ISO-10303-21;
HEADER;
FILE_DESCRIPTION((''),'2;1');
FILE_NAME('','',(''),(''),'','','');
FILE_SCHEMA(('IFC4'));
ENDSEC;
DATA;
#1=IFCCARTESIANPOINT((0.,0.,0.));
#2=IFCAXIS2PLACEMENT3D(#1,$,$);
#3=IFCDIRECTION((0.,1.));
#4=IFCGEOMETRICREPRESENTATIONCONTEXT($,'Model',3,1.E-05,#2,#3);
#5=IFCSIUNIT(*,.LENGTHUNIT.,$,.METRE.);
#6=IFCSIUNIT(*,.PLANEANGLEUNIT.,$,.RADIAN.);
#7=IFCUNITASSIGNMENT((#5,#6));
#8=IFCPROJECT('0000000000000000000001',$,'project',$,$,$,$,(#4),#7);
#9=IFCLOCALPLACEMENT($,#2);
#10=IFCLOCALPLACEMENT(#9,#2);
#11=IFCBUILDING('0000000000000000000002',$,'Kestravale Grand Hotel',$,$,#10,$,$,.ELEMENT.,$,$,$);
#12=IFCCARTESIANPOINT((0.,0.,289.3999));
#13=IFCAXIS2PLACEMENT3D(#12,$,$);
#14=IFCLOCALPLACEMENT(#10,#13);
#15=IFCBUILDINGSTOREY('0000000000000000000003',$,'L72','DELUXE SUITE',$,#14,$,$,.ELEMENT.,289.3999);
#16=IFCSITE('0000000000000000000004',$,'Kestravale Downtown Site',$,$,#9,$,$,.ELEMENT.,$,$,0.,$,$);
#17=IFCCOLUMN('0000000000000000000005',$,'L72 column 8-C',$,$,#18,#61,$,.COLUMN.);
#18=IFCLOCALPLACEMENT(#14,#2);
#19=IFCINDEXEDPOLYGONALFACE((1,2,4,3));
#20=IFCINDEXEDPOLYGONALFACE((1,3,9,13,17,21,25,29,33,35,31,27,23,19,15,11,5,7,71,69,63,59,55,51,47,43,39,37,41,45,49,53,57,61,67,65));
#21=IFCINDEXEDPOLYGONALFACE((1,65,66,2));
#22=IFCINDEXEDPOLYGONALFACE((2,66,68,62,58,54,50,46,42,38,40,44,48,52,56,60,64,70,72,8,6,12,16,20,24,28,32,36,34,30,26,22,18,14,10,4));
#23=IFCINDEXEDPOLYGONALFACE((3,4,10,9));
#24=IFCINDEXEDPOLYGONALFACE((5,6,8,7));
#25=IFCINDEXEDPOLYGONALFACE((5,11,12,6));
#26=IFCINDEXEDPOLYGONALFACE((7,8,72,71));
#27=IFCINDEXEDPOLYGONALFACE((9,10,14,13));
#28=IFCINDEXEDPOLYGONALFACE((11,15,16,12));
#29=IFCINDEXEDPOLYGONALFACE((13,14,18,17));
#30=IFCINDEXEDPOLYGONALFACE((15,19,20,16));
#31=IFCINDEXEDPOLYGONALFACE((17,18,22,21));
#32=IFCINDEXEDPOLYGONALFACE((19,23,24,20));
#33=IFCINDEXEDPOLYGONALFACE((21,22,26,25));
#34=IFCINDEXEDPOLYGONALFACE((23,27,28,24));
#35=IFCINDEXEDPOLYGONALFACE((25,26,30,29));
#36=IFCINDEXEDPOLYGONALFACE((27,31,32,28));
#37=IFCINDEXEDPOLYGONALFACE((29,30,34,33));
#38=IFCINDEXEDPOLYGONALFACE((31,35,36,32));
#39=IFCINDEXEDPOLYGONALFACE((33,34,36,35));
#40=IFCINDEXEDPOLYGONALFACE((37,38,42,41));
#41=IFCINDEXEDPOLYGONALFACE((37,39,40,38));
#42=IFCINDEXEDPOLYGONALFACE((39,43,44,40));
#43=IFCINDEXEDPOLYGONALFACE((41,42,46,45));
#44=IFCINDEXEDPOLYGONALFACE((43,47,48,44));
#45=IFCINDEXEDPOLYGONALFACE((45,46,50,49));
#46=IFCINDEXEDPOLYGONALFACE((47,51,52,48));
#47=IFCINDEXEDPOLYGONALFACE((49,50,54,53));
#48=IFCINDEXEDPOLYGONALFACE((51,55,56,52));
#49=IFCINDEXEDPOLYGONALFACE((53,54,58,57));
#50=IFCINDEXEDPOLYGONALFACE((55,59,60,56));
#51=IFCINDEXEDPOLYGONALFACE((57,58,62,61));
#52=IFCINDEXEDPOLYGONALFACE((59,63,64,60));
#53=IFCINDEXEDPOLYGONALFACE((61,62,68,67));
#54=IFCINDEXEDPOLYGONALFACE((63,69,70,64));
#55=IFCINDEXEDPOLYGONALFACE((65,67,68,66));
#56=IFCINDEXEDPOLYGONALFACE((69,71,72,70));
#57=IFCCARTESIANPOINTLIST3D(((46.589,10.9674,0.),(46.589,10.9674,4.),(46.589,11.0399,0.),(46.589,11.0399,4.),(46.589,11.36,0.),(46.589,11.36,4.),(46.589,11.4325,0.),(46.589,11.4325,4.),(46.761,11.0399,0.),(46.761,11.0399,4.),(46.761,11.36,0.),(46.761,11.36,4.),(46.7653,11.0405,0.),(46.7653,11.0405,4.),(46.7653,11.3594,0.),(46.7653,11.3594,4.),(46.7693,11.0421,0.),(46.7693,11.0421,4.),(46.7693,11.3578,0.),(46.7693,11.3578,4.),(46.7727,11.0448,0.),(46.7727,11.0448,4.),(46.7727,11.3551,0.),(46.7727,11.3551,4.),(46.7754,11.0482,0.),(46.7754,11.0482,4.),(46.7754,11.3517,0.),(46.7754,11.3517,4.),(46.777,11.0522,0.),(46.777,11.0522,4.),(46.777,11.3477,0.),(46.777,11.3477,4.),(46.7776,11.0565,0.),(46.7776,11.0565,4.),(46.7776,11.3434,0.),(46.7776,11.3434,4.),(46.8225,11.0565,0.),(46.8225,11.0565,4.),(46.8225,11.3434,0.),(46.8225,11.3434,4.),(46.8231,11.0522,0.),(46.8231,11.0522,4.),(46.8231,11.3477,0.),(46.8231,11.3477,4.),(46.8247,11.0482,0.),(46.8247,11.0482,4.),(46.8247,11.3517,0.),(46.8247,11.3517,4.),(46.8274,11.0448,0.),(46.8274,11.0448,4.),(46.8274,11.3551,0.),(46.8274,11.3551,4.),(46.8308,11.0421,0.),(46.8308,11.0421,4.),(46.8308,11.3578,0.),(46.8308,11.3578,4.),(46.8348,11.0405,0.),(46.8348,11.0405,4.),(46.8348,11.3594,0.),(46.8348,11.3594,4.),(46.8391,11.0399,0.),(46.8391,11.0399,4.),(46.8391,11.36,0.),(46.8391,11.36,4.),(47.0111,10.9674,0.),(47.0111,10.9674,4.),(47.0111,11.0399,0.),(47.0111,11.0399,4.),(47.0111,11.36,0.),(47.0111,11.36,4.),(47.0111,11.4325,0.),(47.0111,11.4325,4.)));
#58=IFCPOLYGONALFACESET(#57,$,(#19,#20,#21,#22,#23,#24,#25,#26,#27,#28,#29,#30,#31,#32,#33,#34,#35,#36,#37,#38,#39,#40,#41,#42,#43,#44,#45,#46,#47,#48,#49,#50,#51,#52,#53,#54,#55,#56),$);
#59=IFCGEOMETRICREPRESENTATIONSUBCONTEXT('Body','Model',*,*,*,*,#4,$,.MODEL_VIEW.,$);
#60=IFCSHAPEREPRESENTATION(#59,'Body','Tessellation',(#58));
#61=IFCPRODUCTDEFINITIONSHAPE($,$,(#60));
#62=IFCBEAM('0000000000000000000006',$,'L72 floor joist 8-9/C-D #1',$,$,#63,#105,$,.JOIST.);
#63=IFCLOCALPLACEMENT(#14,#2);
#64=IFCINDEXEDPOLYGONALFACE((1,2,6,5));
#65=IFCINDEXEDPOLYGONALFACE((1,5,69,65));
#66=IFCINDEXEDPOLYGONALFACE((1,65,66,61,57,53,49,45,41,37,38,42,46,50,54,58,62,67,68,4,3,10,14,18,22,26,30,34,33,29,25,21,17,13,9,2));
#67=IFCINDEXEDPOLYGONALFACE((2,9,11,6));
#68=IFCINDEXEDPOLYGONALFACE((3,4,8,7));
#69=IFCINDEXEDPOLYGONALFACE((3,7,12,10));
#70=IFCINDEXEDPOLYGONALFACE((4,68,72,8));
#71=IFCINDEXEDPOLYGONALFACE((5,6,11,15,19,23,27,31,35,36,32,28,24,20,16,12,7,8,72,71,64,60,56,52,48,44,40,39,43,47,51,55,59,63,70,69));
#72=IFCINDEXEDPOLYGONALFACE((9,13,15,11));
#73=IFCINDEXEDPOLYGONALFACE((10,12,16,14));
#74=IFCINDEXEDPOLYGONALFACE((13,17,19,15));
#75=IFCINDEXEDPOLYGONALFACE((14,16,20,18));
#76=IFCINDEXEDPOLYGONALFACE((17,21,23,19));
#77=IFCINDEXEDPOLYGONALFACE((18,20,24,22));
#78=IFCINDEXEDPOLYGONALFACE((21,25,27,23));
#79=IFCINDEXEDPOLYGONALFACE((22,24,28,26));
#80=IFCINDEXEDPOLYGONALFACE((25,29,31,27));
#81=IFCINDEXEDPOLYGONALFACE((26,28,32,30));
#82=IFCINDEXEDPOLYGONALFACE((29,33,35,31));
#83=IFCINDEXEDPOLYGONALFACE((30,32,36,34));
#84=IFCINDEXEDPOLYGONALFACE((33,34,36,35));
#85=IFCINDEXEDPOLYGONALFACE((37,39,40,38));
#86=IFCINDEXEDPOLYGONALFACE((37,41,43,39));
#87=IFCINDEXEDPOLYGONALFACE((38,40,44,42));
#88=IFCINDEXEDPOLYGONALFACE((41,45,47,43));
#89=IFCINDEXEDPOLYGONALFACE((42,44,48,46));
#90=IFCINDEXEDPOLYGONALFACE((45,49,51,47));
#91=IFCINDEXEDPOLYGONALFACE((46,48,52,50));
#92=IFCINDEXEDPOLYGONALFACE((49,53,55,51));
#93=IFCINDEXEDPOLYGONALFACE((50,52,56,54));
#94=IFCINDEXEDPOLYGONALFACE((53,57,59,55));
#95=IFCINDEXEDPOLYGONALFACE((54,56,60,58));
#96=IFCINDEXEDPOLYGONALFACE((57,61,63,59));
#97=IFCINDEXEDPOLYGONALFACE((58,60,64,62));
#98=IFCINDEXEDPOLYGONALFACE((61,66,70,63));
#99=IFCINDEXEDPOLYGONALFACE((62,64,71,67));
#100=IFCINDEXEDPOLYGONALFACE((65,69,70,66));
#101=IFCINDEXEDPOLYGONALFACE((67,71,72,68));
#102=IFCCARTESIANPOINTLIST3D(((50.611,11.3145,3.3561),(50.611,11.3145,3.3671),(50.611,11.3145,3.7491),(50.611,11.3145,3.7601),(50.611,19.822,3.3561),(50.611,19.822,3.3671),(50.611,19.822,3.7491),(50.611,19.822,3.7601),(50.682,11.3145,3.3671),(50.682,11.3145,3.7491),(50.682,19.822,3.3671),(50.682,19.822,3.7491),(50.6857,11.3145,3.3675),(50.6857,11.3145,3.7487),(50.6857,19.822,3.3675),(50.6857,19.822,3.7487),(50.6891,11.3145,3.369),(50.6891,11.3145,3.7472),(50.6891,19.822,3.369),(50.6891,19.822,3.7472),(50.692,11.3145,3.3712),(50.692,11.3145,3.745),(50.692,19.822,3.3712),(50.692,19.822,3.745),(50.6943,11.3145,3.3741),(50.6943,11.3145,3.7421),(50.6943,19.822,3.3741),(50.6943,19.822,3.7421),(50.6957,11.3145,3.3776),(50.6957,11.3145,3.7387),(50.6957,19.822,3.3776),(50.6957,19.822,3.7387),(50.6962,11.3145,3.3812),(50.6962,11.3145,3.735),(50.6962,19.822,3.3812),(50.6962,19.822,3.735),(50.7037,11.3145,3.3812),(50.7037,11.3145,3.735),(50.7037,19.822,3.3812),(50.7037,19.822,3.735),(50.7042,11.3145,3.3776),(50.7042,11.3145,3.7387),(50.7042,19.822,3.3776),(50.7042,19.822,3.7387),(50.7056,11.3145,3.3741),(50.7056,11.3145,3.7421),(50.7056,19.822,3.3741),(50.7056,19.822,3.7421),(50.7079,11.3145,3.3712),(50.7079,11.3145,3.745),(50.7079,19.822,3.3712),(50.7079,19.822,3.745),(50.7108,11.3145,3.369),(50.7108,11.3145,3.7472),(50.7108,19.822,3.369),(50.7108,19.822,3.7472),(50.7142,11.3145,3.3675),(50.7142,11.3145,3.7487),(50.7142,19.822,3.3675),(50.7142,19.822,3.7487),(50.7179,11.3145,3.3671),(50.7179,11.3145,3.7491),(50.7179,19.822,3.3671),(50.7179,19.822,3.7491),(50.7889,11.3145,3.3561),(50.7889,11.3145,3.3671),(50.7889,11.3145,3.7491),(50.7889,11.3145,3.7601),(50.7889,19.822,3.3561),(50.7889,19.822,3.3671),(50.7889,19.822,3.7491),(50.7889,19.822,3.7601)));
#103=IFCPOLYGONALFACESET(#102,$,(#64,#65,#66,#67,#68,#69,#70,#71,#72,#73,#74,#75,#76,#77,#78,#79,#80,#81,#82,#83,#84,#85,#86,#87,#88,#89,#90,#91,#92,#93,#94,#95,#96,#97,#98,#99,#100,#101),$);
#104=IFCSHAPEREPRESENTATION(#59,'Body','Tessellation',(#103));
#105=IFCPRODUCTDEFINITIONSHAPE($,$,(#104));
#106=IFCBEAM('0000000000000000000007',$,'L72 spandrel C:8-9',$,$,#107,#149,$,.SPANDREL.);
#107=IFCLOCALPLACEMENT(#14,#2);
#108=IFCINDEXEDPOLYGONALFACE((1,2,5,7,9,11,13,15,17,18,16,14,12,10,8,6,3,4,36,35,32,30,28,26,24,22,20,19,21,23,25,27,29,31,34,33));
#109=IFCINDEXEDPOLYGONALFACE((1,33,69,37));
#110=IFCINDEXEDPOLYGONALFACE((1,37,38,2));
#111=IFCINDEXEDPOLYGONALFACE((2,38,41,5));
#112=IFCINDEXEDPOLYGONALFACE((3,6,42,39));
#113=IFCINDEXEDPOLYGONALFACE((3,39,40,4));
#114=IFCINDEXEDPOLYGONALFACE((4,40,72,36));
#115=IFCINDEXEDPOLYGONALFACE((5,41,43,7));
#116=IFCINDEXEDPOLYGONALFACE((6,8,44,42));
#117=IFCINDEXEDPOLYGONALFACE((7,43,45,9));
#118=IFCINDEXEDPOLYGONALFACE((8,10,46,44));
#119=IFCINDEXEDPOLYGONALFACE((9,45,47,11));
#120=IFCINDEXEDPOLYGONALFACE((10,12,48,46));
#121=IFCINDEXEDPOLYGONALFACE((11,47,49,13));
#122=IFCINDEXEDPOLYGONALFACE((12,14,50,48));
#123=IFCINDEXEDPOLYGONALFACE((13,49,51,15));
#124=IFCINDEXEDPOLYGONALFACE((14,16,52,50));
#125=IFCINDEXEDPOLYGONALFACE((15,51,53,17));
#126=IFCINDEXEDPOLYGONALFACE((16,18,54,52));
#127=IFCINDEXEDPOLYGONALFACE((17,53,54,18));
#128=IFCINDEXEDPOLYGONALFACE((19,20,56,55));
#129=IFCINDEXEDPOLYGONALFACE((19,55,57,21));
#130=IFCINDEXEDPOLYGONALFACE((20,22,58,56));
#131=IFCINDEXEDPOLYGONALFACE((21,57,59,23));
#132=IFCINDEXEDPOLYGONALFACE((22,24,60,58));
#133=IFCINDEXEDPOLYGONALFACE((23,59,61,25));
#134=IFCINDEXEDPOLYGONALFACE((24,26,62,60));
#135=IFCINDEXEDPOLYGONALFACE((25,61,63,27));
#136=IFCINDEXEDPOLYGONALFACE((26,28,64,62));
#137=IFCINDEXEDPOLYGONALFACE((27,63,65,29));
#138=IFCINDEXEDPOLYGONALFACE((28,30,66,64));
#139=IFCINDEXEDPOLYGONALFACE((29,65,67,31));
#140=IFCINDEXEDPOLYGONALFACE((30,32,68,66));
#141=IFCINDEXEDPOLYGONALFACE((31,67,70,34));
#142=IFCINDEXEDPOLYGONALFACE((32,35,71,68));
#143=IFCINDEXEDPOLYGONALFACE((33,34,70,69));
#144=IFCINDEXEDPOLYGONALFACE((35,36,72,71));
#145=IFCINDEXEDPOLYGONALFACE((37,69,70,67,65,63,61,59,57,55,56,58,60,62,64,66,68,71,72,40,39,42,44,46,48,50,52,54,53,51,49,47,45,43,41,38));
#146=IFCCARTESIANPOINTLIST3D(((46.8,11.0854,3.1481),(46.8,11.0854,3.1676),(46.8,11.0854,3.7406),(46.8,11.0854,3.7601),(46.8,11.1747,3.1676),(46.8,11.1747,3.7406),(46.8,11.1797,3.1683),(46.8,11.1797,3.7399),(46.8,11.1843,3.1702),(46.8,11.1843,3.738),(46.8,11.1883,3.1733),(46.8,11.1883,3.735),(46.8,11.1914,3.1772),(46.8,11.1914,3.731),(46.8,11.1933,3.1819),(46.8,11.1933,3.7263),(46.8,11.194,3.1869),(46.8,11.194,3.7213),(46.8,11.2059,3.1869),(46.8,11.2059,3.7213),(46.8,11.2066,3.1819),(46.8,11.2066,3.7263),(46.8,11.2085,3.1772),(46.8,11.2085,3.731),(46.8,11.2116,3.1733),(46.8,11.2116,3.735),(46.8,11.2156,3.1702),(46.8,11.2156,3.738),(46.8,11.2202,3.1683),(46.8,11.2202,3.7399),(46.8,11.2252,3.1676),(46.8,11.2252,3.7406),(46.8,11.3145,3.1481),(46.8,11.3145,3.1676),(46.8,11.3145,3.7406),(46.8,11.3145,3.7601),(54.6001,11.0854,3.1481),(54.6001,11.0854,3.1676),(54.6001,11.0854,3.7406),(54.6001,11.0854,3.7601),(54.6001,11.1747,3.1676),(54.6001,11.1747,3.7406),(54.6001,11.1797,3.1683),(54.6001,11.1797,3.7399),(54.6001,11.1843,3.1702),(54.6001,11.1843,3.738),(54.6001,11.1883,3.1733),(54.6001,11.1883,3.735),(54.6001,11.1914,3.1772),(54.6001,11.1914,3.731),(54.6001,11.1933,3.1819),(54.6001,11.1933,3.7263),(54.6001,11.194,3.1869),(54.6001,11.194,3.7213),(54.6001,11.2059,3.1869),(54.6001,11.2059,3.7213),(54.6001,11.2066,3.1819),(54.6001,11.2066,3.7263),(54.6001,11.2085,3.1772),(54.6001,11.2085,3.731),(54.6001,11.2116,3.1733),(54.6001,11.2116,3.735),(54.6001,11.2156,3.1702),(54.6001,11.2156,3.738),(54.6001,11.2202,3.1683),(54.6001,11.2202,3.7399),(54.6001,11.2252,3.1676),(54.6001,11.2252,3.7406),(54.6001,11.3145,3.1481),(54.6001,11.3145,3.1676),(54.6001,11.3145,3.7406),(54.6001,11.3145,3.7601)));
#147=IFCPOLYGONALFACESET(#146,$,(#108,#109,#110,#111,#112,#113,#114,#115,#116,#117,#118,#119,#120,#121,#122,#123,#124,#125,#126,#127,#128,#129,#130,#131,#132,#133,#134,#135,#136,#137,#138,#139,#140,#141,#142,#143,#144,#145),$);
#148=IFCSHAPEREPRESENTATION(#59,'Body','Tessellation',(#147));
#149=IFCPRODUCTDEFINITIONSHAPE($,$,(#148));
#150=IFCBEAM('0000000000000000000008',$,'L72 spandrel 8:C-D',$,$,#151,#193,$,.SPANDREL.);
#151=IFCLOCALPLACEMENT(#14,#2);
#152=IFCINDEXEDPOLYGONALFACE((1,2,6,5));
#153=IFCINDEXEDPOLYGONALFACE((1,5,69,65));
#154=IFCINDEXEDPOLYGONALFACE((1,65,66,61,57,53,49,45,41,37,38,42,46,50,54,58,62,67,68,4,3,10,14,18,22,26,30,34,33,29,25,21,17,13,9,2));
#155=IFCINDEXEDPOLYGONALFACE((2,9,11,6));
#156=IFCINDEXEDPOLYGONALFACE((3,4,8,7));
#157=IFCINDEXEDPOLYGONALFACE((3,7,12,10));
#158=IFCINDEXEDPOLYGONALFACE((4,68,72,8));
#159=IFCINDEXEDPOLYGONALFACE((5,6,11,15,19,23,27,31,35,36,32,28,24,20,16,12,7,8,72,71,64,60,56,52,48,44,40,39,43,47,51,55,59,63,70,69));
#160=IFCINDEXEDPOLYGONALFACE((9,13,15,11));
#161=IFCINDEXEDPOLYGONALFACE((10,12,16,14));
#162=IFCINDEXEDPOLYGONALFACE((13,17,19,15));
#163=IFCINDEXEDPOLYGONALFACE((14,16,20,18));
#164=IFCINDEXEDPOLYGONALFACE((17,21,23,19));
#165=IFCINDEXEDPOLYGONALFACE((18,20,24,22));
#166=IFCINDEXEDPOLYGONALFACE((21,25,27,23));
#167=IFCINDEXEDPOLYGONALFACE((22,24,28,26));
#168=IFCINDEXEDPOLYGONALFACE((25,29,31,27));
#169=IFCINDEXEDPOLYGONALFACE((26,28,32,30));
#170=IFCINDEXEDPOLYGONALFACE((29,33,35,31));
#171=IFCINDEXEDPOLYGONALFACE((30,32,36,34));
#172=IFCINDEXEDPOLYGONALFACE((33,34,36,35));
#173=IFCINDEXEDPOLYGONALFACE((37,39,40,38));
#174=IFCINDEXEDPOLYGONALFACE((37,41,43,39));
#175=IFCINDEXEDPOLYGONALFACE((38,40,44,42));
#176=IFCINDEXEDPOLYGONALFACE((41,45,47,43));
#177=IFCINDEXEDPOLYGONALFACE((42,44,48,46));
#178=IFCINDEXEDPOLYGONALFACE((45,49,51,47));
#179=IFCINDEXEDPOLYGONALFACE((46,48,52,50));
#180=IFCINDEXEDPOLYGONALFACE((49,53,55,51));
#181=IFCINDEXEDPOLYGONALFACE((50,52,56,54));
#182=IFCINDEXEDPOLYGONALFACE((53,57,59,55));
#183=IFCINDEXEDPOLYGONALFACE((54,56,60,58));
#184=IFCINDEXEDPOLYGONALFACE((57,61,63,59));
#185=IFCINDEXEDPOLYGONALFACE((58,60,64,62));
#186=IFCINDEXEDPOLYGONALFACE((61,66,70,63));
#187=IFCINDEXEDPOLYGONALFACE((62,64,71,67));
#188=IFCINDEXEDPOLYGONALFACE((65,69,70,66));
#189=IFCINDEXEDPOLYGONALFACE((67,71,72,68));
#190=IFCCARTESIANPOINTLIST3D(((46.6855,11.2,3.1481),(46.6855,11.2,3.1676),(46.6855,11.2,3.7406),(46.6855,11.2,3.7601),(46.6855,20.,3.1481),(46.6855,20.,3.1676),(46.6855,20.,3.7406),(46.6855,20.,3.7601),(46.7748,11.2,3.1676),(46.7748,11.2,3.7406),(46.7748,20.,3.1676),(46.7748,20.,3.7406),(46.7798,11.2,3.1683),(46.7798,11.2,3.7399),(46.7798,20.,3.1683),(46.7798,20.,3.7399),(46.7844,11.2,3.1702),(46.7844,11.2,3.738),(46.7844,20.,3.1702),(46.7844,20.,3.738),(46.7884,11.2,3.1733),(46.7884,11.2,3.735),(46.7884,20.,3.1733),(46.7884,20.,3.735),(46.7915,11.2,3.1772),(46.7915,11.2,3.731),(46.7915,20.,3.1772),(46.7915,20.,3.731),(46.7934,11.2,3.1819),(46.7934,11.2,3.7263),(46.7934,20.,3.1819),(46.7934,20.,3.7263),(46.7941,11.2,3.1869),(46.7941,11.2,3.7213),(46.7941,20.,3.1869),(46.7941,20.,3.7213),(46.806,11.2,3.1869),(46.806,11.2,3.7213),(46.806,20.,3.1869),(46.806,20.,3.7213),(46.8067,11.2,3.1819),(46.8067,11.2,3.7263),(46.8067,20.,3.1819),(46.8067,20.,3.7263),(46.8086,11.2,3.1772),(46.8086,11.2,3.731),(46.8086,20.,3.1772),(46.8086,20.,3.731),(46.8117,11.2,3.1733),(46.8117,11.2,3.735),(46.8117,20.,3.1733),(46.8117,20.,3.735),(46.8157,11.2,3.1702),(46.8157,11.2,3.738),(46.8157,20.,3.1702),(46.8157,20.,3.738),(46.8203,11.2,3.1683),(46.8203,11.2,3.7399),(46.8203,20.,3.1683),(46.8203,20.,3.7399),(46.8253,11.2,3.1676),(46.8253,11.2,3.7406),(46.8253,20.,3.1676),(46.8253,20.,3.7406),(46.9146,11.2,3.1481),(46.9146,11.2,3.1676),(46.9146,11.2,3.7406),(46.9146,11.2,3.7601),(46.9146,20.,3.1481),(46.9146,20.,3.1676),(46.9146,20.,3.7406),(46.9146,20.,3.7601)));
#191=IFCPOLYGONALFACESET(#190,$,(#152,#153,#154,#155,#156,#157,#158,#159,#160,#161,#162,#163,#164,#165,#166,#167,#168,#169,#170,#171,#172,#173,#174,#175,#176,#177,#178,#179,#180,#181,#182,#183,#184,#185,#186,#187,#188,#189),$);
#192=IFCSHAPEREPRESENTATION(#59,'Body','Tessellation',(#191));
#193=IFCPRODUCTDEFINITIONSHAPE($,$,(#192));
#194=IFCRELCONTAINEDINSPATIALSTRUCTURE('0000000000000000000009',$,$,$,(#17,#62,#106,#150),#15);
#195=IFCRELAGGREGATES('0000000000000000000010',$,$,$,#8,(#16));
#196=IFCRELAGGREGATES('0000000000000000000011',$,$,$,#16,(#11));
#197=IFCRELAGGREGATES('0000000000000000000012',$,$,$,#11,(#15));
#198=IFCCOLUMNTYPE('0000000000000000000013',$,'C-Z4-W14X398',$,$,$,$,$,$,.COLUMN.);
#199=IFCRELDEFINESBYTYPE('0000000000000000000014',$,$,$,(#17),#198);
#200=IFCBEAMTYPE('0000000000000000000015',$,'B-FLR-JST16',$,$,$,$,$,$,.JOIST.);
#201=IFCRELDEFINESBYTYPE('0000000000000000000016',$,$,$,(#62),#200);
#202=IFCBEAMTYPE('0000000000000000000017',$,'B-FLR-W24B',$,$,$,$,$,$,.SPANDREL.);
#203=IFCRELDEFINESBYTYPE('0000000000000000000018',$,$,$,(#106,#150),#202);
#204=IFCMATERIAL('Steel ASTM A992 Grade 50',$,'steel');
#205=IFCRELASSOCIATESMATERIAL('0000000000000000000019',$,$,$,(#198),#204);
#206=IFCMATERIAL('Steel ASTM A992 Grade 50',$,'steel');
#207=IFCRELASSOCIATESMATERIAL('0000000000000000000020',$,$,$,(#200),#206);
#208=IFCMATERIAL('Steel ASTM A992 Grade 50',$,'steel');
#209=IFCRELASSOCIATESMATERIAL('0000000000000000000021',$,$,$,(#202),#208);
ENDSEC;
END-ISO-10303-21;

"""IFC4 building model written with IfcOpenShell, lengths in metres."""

from ifc_helpers import new_model, si_unit, direction, frame, origin, origin_2d, place, context, subcontext, project, spatial, i_section, extrude, material, material_profile, profile_set, type_object, element, save


model = new_model("IFC4")

# Units and contexts
model_context = context("Model", 3, precision=1e-05, world=origin(), true_north=direction((0.0, 1.0)))
body_context = subcontext(model_context, "Body", "Model", "MODEL_VIEW")
ifc_project = project(units=[si_unit("LENGTHUNIT", "METRE"), si_unit("PLANEANGLEUNIT", "RADIAN")], contexts=[model_context])

# Site, building, storey
site_placement = place(None, origin())
site = spatial("IfcSite", under=ifc_project, at=site_placement, Name="Kestravale Downtown Site", CompositionType="ELEMENT", RefElevation=0.0)
building_placement = place(site_placement, origin())
building = spatial("IfcBuilding", under=site, at=building_placement, Name="Kestravale Grand Hotel", CompositionType="ELEMENT")
storey_placement = place(building_placement, frame((0.0, 0.0, 289.3999)))
storey = spatial("IfcBuildingStorey", under=building, at=storey_placement, Name="L72", Description="DELUXE SUITE", CompositionType="ELEMENT", Elevation=289.3999)

# Column
ifc_material_1 = material(Name="Steel ASTM A992 Grade 50", Category="steel")
ifc_material_profile_1 = material_profile(ifc_material_1, i_section(OverallWidth=0.4221, OverallDepth=0.4651, WebThickness=0.0449, FlangeThickness=0.0725, FilletRadius=0.0166, at=origin_2d()))
ifc_profile_set_1 = profile_set([ifc_material_profile_1], Name="Steel ASTM A992 Grade 50")
column_type = type_object("IfcColumnType", Name="C-Z4-W14X398", PredefinedType="COLUMN", material=ifc_profile_set_1)
column_placement = place(storey_placement, frame((46.8, 11.2, 0.0), z_axis=(0.0, 0.0, 1.0), x_axis=(1.0, 0.0, 0.0)))
element("IfcColumn", 1, at=column_placement, inside=storey, type_object=column_type, Name="L72 column 8-C", PredefinedType="COLUMN", context=body_context, shape_type="SweptSolid", body=[
    extrude(i_section(OverallWidth=0.4221, OverallDepth=0.4651, WebThickness=0.0449, FlangeThickness=0.0725, FilletRadius=0.0166, at=origin_2d()), origin(), (0.0, 0.0, 1.0), 4.0),
])

# Beams
ifc_material_2 = material(Name="Steel ASTM A992 Grade 50", Category="steel")
ifc_material_profile_2 = material_profile(ifc_material_2, i_section(OverallWidth=0.178, OverallDepth=0.4041, WebThickness=0.0076, FlangeThickness=0.011, FilletRadius=0.0142, at=origin_2d()))
ifc_profile_set_2 = profile_set([ifc_material_profile_2], Name="Steel ASTM A992 Grade 50")
beam_type_1 = type_object("IfcBeamType", Name="B-FLR-JST16", PredefinedType="JOIST", material=ifc_profile_set_2)
beam_1_placement = place(storey_placement, frame((50.7, 11.3145, 3.5581), z_axis=(0.0, 1.0, 0.0), x_axis=(-1.0, 0.0, 0.0)))
element("IfcBeam", 2, at=beam_1_placement, inside=storey, type_object=beam_type_1, Name="L72 floor joist 8-9/C-D #1", PredefinedType="JOIST", context=body_context, shape_type="SweptSolid", body=[
    extrude(i_section(OverallWidth=0.178, OverallDepth=0.4041, WebThickness=0.0076, FlangeThickness=0.011, FilletRadius=0.0142, at=origin_2d()), origin(), (0.0, 0.0, 1.0), 8.5076),
])
ifc_material_3 = material(Name="Steel ASTM A992 Grade 50", Category="steel")
ifc_material_profile_3 = material_profile(ifc_material_3, i_section(OverallWidth=0.229, OverallDepth=0.6121, WebThickness=0.012, FlangeThickness=0.0195, FilletRadius=0.0193, at=origin_2d()))
ifc_profile_set_3 = profile_set([ifc_material_profile_3], Name="Steel ASTM A992 Grade 50")
beam_type_2 = type_object("IfcBeamType", Name="B-FLR-W24B", PredefinedType="SPANDREL", material=ifc_profile_set_3)
beam_2_placement = place(storey_placement, frame((46.8, 11.2, 3.4541), z_axis=(1.0, 0.0, 0.0), x_axis=(0.0, 1.0, 0.0)))
element("IfcBeam", 3, at=beam_2_placement, inside=storey, type_object=beam_type_2, Name="L72 spandrel C:8-9", PredefinedType="SPANDREL", context=body_context, shape_type="SweptSolid", body=[
    extrude(i_section(OverallWidth=0.229, OverallDepth=0.6121, WebThickness=0.012, FlangeThickness=0.0195, FilletRadius=0.0193, at=origin_2d()), origin(), (0.0, 0.0, 1.0), 7.8),
])
beam_3_placement = place(storey_placement, frame((46.8, 11.2, 3.4541), z_axis=(0.0, 1.0, 0.0), x_axis=(-1.0, 0.0, 0.0)))
element("IfcBeam", 4, at=beam_3_placement, inside=storey, type_object=beam_type_2, Name="L72 spandrel 8:C-D", PredefinedType="SPANDREL", context=body_context, shape_type="SweptSolid", body=[
    extrude(i_section(OverallWidth=0.229, OverallDepth=0.6121, WebThickness=0.012, FlangeThickness=0.0195, FilletRadius=0.0193, at=origin_2d()), origin(), (0.0, 0.0, 1.0), 8.8),
])

save(model, "model.ifc")
